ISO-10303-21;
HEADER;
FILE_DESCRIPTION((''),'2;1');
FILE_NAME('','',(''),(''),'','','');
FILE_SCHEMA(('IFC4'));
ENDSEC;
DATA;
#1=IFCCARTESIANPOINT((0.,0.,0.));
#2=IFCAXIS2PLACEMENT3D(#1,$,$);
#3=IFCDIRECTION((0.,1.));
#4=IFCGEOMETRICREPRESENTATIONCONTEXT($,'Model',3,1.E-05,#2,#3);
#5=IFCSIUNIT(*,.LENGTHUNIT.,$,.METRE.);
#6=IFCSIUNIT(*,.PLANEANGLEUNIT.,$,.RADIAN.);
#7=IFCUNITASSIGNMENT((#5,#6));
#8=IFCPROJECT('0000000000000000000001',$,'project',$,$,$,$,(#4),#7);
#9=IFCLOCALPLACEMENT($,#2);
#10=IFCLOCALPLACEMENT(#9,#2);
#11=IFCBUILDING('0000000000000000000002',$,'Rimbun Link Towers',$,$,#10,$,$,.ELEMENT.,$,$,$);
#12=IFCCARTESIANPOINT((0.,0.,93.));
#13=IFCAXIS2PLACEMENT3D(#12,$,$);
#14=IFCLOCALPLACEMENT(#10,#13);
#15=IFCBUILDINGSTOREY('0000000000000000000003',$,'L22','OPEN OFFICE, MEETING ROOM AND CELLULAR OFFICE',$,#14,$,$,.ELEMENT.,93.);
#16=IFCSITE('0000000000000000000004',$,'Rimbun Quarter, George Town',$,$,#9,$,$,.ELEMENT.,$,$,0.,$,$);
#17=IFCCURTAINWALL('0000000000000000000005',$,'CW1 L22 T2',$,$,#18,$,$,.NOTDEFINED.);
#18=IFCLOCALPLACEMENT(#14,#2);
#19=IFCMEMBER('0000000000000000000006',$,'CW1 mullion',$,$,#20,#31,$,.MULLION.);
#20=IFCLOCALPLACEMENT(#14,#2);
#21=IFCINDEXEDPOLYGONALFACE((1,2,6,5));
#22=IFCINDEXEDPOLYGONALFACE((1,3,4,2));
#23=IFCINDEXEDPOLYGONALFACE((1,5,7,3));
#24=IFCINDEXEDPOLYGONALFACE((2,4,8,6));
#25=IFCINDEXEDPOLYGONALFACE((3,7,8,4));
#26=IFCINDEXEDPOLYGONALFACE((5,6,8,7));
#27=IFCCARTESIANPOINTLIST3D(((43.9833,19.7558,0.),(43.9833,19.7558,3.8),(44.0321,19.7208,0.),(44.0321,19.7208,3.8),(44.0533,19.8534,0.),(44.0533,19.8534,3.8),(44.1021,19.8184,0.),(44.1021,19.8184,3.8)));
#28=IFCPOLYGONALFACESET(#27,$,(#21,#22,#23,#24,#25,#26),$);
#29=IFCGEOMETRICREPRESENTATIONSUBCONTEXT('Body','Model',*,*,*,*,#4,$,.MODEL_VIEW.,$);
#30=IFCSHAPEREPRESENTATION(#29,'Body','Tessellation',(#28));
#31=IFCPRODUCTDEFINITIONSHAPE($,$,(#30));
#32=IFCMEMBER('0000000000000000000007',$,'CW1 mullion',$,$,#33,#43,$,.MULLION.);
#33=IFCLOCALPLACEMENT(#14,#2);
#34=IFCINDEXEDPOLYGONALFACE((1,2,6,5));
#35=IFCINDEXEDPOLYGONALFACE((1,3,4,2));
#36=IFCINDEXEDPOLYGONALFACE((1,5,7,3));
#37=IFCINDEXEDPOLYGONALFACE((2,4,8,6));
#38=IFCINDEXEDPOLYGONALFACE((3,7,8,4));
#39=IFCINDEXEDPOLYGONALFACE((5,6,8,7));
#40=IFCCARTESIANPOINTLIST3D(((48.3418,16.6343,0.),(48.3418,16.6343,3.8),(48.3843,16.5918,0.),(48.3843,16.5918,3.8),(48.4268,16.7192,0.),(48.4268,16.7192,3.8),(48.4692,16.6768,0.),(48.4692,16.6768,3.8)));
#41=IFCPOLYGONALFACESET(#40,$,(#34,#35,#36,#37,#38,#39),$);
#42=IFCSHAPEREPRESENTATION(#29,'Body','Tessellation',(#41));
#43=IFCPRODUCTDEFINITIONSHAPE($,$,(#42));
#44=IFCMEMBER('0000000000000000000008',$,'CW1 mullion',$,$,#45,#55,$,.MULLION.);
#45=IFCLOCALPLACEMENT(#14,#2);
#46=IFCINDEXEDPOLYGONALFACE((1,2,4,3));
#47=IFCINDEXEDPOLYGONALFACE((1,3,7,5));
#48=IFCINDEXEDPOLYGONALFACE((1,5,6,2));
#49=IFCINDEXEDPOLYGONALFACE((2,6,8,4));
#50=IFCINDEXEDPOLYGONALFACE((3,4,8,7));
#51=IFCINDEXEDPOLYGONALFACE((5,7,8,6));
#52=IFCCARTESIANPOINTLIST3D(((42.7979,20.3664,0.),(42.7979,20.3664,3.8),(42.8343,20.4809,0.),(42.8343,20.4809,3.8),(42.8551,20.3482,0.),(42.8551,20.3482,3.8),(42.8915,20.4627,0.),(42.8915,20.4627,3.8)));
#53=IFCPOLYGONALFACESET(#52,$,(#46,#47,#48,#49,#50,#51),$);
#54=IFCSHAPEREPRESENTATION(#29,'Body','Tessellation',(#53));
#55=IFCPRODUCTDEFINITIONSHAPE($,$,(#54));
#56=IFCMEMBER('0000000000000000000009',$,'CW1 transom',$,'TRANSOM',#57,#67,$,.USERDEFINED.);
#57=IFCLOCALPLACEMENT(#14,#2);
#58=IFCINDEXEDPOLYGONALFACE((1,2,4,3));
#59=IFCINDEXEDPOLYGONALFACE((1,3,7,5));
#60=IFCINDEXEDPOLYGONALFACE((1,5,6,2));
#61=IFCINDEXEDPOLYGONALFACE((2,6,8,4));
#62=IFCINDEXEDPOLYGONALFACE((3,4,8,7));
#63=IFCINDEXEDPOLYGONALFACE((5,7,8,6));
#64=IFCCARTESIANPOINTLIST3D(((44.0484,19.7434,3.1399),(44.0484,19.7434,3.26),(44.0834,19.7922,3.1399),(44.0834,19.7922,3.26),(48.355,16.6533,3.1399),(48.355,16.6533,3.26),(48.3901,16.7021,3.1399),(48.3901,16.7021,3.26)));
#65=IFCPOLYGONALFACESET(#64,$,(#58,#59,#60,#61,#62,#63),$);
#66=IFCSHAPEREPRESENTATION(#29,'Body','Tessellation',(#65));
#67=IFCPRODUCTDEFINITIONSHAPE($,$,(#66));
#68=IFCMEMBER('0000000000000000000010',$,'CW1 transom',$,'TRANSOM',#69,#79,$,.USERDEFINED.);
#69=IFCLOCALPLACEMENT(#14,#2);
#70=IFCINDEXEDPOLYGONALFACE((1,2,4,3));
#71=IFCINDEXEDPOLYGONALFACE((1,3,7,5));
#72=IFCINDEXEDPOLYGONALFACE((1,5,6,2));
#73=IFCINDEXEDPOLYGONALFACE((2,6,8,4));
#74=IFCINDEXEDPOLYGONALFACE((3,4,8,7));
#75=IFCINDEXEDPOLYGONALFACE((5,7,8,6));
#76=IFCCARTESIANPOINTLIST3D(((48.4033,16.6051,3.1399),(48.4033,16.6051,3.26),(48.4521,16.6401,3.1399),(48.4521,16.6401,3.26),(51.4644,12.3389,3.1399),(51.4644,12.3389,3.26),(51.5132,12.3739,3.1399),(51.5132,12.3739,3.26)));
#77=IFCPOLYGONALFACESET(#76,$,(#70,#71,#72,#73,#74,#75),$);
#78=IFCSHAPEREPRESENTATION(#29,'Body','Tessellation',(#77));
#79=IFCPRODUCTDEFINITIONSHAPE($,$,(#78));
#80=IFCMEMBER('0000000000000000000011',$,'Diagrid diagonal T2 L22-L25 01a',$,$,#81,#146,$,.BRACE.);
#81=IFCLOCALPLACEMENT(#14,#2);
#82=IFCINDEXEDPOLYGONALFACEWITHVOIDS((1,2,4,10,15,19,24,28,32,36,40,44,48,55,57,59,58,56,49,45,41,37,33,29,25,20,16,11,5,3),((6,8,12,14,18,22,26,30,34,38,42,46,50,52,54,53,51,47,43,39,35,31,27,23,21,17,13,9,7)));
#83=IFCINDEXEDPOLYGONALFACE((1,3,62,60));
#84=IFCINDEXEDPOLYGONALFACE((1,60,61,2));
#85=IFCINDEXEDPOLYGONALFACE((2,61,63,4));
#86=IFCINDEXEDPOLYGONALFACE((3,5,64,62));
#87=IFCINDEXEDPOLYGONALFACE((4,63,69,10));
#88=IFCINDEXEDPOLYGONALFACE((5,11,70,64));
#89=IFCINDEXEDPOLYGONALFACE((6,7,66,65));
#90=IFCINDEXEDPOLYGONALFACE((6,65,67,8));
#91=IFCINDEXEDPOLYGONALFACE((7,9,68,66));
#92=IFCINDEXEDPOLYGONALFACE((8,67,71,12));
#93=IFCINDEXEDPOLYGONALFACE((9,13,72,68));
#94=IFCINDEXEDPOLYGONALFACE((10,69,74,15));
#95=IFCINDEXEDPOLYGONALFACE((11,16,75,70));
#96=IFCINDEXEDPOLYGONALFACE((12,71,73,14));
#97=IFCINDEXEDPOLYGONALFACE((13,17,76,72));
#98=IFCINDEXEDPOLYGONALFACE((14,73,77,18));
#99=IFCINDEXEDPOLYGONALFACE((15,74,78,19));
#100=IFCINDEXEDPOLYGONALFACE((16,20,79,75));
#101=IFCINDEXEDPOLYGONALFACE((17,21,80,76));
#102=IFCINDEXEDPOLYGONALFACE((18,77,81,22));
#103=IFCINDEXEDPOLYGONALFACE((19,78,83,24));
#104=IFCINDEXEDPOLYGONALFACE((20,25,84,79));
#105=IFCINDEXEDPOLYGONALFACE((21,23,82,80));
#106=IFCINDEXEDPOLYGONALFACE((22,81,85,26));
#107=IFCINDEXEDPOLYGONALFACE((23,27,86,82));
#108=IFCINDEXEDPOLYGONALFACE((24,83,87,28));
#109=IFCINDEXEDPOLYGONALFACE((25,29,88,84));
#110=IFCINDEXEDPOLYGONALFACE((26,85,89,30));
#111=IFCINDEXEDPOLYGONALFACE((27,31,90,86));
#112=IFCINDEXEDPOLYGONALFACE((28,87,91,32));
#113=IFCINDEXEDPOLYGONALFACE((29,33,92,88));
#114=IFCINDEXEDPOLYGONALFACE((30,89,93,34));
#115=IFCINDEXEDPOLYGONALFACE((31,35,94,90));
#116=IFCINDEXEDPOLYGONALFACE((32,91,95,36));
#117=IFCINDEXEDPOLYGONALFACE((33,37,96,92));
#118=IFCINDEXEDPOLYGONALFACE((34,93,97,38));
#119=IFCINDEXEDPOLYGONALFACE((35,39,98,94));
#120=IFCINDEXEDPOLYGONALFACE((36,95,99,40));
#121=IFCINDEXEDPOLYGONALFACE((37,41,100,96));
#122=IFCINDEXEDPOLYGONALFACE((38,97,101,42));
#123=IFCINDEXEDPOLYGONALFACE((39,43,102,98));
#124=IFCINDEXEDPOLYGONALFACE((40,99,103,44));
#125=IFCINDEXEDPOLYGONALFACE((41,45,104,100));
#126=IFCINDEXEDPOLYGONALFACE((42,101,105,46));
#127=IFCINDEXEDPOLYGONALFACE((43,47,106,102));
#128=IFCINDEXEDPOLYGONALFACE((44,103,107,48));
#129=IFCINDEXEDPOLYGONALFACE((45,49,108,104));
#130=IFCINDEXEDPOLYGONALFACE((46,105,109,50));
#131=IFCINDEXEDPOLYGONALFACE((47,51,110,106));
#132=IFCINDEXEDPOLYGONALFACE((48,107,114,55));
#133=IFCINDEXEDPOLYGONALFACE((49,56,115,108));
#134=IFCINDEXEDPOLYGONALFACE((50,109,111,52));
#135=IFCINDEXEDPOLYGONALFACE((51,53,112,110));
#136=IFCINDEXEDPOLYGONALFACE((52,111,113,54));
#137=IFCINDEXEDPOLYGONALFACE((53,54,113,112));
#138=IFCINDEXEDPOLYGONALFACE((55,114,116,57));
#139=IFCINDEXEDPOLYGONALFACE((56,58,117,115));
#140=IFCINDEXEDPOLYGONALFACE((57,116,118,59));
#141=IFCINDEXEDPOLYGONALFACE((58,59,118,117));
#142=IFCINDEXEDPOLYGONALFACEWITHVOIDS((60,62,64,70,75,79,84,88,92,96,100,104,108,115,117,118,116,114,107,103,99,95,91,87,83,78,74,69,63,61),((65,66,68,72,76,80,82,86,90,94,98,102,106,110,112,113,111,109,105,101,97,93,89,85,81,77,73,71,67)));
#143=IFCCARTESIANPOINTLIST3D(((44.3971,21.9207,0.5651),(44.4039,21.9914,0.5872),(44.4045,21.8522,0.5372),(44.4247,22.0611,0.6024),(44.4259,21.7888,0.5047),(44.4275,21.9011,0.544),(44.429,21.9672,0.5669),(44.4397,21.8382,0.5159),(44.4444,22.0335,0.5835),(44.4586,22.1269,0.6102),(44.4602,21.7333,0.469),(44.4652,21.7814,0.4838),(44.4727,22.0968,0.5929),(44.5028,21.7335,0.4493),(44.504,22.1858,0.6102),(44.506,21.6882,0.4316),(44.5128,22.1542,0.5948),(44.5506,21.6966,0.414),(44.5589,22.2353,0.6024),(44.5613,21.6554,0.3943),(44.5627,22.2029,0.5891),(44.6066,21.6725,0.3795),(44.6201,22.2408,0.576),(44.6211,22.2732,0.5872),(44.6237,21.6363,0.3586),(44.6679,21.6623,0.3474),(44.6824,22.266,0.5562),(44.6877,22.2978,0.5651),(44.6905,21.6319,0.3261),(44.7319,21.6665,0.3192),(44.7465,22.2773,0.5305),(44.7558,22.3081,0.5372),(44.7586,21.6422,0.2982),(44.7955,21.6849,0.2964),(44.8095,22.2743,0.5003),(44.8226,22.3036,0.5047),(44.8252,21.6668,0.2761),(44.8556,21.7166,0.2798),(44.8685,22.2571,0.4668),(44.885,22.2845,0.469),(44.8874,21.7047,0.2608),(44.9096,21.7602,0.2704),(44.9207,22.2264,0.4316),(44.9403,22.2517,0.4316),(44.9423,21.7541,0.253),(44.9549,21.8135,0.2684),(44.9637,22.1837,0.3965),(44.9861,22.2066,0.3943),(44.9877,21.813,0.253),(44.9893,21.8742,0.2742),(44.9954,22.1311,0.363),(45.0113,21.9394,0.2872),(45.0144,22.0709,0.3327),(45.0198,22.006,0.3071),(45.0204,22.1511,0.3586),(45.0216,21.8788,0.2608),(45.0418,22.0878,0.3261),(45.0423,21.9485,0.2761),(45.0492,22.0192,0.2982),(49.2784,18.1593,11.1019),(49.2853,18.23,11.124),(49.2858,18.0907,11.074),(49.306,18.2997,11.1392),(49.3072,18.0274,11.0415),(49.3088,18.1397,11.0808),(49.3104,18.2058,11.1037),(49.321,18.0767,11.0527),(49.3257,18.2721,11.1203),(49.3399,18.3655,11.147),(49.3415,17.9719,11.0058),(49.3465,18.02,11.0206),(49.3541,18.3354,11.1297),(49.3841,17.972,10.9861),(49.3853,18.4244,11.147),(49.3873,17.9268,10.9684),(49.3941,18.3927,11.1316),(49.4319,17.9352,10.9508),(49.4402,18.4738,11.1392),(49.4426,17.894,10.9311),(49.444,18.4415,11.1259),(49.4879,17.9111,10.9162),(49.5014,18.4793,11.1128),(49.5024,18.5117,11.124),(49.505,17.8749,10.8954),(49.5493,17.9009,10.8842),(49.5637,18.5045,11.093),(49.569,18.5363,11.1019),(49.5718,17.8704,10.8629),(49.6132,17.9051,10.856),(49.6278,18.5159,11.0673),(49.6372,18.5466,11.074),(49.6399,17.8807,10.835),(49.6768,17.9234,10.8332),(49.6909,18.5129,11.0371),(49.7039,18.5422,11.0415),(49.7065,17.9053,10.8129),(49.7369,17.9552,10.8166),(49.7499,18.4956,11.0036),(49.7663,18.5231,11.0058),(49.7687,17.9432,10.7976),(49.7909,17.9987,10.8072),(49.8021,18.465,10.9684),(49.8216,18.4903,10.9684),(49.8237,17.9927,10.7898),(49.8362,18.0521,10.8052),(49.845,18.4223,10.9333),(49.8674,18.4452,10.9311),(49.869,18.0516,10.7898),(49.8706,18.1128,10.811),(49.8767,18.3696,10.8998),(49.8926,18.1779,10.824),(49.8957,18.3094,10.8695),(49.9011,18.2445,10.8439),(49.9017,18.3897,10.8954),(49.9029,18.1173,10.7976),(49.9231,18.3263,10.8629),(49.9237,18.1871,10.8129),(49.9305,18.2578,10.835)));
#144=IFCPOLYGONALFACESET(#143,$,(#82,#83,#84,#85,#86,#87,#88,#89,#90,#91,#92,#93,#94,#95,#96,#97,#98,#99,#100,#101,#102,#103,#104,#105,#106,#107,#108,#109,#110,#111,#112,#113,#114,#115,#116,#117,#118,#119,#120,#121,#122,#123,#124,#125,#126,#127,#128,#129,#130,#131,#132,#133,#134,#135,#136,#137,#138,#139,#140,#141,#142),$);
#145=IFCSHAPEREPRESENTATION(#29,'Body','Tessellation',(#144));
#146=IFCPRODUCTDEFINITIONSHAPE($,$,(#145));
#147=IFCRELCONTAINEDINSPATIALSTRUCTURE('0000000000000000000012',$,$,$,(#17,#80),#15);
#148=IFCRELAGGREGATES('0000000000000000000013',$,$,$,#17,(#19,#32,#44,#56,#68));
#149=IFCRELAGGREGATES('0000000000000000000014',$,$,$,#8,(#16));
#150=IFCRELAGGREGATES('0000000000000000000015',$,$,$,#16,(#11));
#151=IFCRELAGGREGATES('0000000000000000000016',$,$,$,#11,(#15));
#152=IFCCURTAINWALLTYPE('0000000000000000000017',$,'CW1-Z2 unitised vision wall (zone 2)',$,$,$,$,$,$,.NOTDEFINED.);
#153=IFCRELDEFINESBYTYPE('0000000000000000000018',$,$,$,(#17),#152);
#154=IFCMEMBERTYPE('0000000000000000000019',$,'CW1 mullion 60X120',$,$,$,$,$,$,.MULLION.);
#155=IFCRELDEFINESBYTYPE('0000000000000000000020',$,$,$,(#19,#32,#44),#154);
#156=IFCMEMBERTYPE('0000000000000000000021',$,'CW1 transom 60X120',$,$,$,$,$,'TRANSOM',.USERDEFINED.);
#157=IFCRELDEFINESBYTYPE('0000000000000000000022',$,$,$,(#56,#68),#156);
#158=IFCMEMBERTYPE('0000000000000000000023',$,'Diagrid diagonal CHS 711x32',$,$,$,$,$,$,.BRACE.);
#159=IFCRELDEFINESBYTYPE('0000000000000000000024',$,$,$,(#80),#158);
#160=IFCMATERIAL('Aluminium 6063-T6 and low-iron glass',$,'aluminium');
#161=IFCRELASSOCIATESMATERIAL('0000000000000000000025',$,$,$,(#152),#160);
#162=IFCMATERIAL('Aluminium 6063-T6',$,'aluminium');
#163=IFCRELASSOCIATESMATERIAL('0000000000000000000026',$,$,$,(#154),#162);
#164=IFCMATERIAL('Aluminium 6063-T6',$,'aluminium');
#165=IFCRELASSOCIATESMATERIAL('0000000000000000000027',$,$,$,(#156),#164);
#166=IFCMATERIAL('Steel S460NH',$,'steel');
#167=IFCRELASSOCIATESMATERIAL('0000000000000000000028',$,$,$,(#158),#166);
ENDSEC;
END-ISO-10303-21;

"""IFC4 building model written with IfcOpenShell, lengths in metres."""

from ifc_helpers import new_model, si_unit, direction, frame, origin, origin_2d, place, context, subcontext, project, spatial, rectangle, hollow_circle, extrude, material, material_profile, profile_set, type_object, element, aggregate, save


model = new_model("IFC4")

# Units and contexts
model_context = context("Model", 3, precision=1e-05, world=origin(), true_north=direction((0.0, 1.0)))
body_context = subcontext(model_context, "Body", "Model", "MODEL_VIEW")
ifc_project = project(units=[si_unit("LENGTHUNIT", "METRE"), si_unit("PLANEANGLEUNIT", "RADIAN")], contexts=[model_context])

# Site, building, storey
site_placement = place(None, origin())
site = spatial("IfcSite", under=ifc_project, at=site_placement, Name="Rimbun Quarter, George Town", CompositionType="ELEMENT", RefElevation=0.0)
building_placement = place(site_placement, origin())
building = spatial("IfcBuilding", under=site, at=building_placement, Name="Rimbun Link Towers", CompositionType="ELEMENT")
storey_placement = place(building_placement, frame((0.0, 0.0, 93.0)))
storey = spatial("IfcBuildingStorey", under=building, at=storey_placement, Name="L22", Description="OPEN OFFICE, MEETING ROOM AND CELLULAR OFFICE", CompositionType="ELEMENT", Elevation=93.0)

# Curtain wall, members
ifc_material_1 = material(Name="Aluminium 6063-T6 and low-iron glass", Category="aluminium")
curtain_wall_type = type_object("IfcCurtainWallType", Name="CW1-Z2 unitised vision wall (zone 2)", PredefinedType="NOTDEFINED", material=ifc_material_1)
curtain_wall_placement = place(storey_placement, origin())
curtain_wall = element("IfcCurtainWall", 1, at=curtain_wall_placement, inside=storey, type_object=curtain_wall_type, Name="CW1 L22 T2", PredefinedType="NOTDEFINED")
ifc_material_2 = material(Name="Aluminium 6063-T6", Category="aluminium")
ifc_material_profile_1 = material_profile(ifc_material_2, rectangle(XDim=0.1201, YDim=0.0601, at=origin_2d()), Name="MULLION 60X120")
ifc_profile_set_1 = profile_set([ifc_material_profile_1], Name="Aluminium 6063-T6")
member_type_1 = type_object("IfcMemberType", Name="CW1 mullion 60X120", PredefinedType="MULLION", material=ifc_profile_set_1)
member_1_placement = place(storey_placement, frame((44.0427, 19.7871, 0.0), z_axis=(0.0, 0.0, 1.0), x_axis=(0.583002, 0.812471, 0.0)))
member_1 = element("IfcMember", 2, at=member_1_placement, type_object=member_type_1, Name="CW1 mullion", PredefinedType="MULLION", context=body_context, shape_type="SweptSolid", body=[
    extrude(rectangle(XDim=0.1201, YDim=0.0601, at=origin_2d()), origin(), (0.0, 0.0, 1.0), 3.8),
])
member_2_placement = place(storey_placement, frame((48.4055, 16.6555, 0.0), z_axis=(0.0, 0.0, 1.0), x_axis=(0.707107, 0.707107, 0.0)))
member_2 = element("IfcMember", 3, at=member_2_placement, type_object=member_type_1, Name="CW1 mullion", PredefinedType="MULLION", context=body_context, shape_type="SweptSolid", body=[
    extrude(rectangle(XDim=0.1201, YDim=0.0601, at=origin_2d()), origin(), (0.0, 0.0, 1.0), 3.8),
])
member_3_placement = place(storey_placement, frame((42.8447, 20.4146, 0.0), z_axis=(0.0, 0.0, 1.0), x_axis=(0.303066, 0.95297, 0.0)))
member_3 = element("IfcMember", 4, at=member_3_placement, type_object=member_type_1, Name="CW1 mullion", PredefinedType="MULLION", context=body_context, shape_type="SweptSolid", body=[
    extrude(rectangle(XDim=0.1201, YDim=0.0601, at=origin_2d()), origin(), (0.0, 0.0, 1.0), 3.8),
])
ifc_material_3 = material(Name="Aluminium 6063-T6", Category="aluminium")
ifc_material_profile_2 = material_profile(ifc_material_3, rectangle(XDim=0.0601, YDim=0.1201, at=origin_2d()), Name="TRANSOM 60X120")
ifc_profile_set_2 = profile_set([ifc_material_profile_2], Name="Aluminium 6063-T6")
member_type_2 = type_object("IfcMemberType", Name="CW1 transom 60X120", ElementType="TRANSOM", PredefinedType="USERDEFINED", material=ifc_profile_set_2)
member_4_placement = place(storey_placement, frame((44.0659, 19.7678, 3.2), z_axis=(0.81249, -0.582975, 0.0), x_axis=(0.582975, 0.81249, 0.0)))
member_4 = element("IfcMember", 5, at=member_4_placement, type_object=member_type_2, Name="CW1 transom", ObjectType="TRANSOM", PredefinedType="USERDEFINED", context=body_context, shape_type="SweptSolid", body=[
    extrude(rectangle(XDim=0.0601, YDim=0.1201, at=origin_2d()), origin(), (0.0, 0.0, 1.0), 5.3005),
])
member_5_placement = place(storey_placement, frame((48.4277, 16.6226, 3.2), z_axis=(0.582979, -0.812487, 0.0), x_axis=(0.812487, 0.582979, 0.0)))
member_5 = element("IfcMember", 6, at=member_5_placement, type_object=member_type_2, Name="CW1 transom", ObjectType="TRANSOM", PredefinedType="USERDEFINED", context=body_context, shape_type="SweptSolid", body=[
    extrude(rectangle(XDim=0.0601, YDim=0.1201, at=origin_2d()), origin(), (0.0, 0.0, 1.0), 5.2507),
])

# Member
ifc_material_4 = material(Name="Steel S460NH", Category="steel")
ifc_material_profile_3 = material_profile(ifc_material_4, hollow_circle(Radius=0.3557, WallThickness=0.032, at=origin_2d()), Name="Diagrid diagonal CHS 711x32")
ifc_profile_set_3 = profile_set([ifc_material_profile_3], Name="Steel S460NH")
member_type_3 = type_object("IfcMemberType", Name="Diagrid diagonal CHS 711x32", PredefinedType="BRACE", material=ifc_profile_set_3)
member_6_placement = place(storey_placement, frame((44.7231, 21.97, 0.4316), z_axis=(0.399893, -0.30815, 0.863208), x_axis=(0.610383, 0.792107, 0.0)))
element("IfcMember", 7, at=member_6_placement, inside=storey, type_object=member_type_3, Name="Diagrid diagonal T2 L22-L25 01a", PredefinedType="BRACE", context=body_context, shape_type="SweptSolid", body=[
    extrude(hollow_circle(Radius=0.3557, WallThickness=0.032, at=origin_2d()), origin(), (0.0, 0.0, 1.0), 12.2065),
])

aggregate(curtain_wall, [member_1, member_2, member_3, member_4, member_5])

save(model, "model.ifc")
